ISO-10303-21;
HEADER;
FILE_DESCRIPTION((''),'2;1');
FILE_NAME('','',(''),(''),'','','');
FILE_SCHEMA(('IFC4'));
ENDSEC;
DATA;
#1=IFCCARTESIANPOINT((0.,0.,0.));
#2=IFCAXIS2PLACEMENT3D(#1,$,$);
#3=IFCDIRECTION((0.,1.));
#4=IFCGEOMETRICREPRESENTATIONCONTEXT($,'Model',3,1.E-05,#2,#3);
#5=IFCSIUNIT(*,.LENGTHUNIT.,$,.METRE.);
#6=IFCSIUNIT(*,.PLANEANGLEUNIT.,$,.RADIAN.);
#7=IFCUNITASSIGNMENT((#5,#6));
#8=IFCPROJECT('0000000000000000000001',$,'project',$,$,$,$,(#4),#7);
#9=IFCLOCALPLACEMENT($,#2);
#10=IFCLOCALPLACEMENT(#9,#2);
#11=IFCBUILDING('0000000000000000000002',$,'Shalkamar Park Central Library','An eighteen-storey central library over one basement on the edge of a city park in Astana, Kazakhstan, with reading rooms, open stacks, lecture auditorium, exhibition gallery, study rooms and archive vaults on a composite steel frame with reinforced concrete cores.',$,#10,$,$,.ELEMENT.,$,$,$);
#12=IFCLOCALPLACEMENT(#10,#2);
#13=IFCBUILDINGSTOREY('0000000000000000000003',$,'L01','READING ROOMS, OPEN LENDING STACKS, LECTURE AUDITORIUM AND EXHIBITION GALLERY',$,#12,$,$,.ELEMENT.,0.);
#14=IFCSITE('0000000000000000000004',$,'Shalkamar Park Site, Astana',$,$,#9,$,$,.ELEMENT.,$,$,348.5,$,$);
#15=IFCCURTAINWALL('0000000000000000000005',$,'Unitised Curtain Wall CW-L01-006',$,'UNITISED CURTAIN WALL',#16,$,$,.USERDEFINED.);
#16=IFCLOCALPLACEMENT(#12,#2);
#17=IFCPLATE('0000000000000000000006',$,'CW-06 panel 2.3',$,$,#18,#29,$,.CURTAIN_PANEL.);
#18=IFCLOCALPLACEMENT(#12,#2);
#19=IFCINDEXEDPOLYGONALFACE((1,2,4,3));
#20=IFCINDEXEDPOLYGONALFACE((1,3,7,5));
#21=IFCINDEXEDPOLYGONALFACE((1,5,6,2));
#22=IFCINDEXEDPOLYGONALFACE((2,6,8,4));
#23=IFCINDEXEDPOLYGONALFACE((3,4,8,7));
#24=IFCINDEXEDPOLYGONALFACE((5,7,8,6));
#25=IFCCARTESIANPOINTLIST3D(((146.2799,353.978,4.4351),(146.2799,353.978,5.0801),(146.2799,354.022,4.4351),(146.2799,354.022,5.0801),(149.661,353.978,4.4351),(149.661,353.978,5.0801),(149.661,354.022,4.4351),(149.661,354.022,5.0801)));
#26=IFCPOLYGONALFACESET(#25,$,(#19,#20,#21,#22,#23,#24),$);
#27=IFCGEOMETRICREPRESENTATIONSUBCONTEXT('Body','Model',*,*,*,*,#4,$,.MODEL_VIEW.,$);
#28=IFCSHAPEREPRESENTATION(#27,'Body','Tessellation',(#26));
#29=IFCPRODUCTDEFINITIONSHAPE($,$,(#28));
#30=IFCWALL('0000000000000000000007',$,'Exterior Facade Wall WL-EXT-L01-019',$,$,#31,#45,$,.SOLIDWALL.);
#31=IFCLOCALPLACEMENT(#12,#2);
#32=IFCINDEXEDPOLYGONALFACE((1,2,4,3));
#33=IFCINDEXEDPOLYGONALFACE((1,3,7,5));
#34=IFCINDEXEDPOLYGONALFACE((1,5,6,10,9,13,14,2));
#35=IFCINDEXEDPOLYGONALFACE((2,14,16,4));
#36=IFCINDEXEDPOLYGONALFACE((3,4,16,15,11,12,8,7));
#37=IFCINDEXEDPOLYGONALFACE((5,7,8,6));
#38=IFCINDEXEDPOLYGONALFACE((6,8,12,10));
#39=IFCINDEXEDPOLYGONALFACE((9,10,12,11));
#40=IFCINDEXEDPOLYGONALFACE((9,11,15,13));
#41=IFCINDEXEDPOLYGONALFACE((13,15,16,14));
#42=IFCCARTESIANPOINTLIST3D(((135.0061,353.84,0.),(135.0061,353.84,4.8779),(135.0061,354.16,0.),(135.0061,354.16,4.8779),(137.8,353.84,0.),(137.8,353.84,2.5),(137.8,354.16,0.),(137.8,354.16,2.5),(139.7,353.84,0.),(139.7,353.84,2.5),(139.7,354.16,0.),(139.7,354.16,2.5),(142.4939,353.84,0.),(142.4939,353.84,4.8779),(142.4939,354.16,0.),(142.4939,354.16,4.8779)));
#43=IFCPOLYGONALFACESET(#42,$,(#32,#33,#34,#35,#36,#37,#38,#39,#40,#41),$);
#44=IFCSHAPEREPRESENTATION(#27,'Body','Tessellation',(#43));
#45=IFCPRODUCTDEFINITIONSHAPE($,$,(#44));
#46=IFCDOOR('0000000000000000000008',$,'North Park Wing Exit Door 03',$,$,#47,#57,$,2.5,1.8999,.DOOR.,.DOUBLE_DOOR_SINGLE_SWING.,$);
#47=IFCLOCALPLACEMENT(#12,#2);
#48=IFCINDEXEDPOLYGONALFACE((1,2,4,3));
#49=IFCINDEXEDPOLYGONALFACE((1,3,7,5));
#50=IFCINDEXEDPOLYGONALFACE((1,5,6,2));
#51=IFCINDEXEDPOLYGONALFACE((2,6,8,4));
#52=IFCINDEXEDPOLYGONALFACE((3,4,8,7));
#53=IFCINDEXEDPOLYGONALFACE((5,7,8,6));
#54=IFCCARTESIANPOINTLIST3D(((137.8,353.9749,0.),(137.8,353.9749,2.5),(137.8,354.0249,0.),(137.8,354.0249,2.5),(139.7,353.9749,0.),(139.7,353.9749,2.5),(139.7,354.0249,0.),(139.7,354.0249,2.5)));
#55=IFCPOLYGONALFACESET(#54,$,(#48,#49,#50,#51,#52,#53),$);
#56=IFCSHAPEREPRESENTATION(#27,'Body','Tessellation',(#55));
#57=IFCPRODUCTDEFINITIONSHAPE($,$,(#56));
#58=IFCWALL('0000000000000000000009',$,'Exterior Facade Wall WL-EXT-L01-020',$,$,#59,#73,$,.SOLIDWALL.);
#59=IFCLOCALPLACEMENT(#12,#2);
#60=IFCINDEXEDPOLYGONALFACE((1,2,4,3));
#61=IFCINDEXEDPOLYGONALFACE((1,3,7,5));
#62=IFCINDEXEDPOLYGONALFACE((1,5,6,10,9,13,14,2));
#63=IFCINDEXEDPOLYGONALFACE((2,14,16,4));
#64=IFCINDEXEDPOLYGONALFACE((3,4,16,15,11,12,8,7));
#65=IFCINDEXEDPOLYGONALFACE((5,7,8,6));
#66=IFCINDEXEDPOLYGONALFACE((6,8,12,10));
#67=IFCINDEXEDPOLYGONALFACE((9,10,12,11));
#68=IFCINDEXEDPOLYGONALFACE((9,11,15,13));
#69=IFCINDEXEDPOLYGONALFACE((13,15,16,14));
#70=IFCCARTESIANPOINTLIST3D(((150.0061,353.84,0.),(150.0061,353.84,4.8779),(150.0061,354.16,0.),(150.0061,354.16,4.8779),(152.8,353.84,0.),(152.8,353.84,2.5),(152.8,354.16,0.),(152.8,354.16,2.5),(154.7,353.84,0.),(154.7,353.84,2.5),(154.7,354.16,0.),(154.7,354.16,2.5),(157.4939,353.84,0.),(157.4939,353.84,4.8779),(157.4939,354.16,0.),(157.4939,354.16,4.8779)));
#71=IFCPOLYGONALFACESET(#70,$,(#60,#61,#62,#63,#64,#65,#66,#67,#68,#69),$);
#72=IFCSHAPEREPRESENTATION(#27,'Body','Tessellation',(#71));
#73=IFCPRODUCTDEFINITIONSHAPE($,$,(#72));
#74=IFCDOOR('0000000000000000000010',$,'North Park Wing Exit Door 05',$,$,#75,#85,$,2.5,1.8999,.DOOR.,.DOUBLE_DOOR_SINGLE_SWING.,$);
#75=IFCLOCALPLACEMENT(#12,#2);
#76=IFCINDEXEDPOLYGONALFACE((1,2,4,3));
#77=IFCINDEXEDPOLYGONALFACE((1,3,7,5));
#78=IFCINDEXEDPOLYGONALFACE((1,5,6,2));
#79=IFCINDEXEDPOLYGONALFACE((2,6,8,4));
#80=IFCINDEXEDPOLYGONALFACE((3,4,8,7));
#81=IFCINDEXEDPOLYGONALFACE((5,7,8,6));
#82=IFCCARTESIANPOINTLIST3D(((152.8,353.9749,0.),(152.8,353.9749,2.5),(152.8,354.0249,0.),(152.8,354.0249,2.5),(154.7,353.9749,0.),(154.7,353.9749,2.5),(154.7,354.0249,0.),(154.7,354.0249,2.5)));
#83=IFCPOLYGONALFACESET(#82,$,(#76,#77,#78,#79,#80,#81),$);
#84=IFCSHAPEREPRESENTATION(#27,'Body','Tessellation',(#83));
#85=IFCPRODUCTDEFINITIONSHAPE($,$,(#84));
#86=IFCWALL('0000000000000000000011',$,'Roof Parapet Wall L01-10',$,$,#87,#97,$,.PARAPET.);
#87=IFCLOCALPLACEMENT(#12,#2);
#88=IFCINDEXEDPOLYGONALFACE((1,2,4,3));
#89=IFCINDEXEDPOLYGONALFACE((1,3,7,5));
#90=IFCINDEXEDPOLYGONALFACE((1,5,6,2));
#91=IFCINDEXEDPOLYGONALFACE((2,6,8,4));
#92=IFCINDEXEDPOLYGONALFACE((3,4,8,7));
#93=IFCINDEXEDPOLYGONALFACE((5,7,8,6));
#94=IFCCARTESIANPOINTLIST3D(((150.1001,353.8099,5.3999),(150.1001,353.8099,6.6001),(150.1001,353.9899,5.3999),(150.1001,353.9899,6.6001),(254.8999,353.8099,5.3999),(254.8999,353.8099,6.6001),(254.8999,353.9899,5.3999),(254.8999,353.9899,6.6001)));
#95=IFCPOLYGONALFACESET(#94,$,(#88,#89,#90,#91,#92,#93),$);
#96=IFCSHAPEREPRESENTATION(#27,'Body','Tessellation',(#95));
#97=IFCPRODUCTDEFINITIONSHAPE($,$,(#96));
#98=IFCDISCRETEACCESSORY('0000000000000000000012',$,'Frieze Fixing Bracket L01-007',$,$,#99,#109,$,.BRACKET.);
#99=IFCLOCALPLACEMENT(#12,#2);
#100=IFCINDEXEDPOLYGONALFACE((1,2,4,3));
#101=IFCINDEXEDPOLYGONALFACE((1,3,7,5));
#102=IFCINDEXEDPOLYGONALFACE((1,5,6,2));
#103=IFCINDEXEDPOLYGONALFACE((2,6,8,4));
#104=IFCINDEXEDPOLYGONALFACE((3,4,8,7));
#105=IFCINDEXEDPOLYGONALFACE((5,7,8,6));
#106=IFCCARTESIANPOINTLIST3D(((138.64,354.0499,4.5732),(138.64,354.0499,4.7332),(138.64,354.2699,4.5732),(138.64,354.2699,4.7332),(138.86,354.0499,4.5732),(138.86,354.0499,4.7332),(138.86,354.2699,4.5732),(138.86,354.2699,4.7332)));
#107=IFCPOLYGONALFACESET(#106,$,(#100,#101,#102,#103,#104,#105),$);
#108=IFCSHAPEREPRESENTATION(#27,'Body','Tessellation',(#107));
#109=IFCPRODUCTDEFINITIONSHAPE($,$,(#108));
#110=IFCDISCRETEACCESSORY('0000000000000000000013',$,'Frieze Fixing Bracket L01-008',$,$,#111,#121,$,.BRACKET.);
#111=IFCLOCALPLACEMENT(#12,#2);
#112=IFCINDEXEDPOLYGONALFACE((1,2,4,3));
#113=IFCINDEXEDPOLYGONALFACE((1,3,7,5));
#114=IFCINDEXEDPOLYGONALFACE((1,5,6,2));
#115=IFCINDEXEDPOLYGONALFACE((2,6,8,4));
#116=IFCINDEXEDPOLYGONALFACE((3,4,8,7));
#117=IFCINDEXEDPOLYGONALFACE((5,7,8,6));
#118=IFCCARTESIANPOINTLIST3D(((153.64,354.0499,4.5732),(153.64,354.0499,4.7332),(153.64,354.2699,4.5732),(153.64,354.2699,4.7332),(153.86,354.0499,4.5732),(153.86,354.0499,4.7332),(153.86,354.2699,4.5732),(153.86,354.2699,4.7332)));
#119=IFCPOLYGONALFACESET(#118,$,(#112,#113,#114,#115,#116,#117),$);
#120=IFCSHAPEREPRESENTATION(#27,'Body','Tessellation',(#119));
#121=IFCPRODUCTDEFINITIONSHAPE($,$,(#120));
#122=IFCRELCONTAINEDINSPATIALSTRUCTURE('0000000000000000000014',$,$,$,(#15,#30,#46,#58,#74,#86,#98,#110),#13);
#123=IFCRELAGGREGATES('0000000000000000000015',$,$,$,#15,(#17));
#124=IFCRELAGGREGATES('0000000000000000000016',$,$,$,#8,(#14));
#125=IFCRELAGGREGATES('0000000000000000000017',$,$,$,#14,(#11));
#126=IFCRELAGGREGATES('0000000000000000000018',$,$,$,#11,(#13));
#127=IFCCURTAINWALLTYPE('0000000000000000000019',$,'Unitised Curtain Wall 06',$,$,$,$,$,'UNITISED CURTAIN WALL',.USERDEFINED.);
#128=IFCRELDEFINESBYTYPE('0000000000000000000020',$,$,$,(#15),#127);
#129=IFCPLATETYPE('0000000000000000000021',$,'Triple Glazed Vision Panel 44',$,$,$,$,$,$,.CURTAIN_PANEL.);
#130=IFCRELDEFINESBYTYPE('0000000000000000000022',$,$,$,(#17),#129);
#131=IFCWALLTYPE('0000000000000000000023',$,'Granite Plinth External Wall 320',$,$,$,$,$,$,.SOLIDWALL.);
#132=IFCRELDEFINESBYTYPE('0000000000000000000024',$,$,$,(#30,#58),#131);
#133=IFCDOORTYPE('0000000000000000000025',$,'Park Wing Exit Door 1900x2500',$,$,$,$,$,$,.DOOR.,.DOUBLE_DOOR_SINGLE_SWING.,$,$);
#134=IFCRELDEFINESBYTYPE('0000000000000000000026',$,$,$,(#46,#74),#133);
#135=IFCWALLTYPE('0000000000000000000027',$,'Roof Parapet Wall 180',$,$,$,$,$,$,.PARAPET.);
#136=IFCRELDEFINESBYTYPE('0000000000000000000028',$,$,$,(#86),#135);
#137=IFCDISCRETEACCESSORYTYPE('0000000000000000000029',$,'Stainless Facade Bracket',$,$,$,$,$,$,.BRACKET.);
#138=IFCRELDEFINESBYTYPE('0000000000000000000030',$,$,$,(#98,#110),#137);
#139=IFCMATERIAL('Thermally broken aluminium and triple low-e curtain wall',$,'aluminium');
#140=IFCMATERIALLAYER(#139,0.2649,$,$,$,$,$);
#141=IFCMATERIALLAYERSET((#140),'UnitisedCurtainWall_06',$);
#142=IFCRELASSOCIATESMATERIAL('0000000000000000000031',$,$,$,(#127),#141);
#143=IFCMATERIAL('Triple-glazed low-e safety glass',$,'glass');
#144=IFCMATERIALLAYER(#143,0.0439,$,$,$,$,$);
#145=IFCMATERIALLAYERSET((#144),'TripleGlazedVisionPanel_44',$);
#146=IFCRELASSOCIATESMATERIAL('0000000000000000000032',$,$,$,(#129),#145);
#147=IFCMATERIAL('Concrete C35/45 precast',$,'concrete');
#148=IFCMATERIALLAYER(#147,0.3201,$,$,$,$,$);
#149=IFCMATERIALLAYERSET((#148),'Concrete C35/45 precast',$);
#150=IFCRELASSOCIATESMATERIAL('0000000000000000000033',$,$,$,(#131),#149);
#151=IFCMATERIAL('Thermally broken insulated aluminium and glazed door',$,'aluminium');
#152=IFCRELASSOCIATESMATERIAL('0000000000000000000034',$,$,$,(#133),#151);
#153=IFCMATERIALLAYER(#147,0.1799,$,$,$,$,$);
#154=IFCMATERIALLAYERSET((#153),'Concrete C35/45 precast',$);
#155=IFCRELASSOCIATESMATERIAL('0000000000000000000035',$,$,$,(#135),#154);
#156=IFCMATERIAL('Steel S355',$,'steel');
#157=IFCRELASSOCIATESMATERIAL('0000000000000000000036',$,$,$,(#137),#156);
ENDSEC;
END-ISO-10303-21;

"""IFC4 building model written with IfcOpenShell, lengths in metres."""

from ifc_helpers import new_model, si_unit, direction, frame, frame_2d, origin, origin_2d, place, context, subcontext, project, spatial, rectangle, extrude, material, layer, layer_set, type_object, element, fill, aggregate, save


model = new_model("IFC4")

# Units and contexts
model_context = context("Model", 3, precision=1e-05, world=origin(), true_north=direction((0.0, 1.0)))
body_context = subcontext(model_context, "Body", "Model", "MODEL_VIEW")
ifc_project = project(units=[si_unit("LENGTHUNIT", "METRE"), si_unit("PLANEANGLEUNIT", "RADIAN")], contexts=[model_context])

# Site, building, storey
site_placement = place(None, origin())
site = spatial("IfcSite", under=ifc_project, at=site_placement, Name="Shalkamar Park Site, Astana", CompositionType="ELEMENT", RefElevation=348.5)
building_placement = place(site_placement, origin())
building = spatial("IfcBuilding", under=site, at=building_placement, Name="Shalkamar Park Central Library", Description="An eighteen-storey central library over one basement on the edge of a city park in Astana, Kazakhstan, with reading rooms, open stacks, lecture auditorium, exhibition gallery, study rooms and archive vaults on a composite steel frame with reinforced concrete cores.", CompositionType="ELEMENT")
storey_placement = place(building_placement, origin())
storey = spatial("IfcBuildingStorey", under=building, at=storey_placement, Name="L01", Description="READING ROOMS, OPEN LENDING STACKS, LECTURE AUDITORIUM AND EXHIBITION GALLERY", CompositionType="ELEMENT", Elevation=0.0)

# Shared definitions
ifc_material_1 = material(Name="Steel S355", Category="steel")

# Curtain wall
ifc_material_2 = material(Name="Thermally broken aluminium and triple low-e curtain wall", Category="aluminium")
ifc_layer_1 = layer(ifc_material_2, 0.2649)
ifc_layer_set_1 = layer_set([ifc_layer_1], Name="UnitisedCurtainWall_06")
curtain_wall_type = type_object("IfcCurtainWallType", Name="Unitised Curtain Wall 06", ElementType="UNITISED CURTAIN WALL", PredefinedType="USERDEFINED", material=ifc_layer_set_1)
curtain_wall_placement = place(storey_placement, origin())
curtain_wall = element("IfcCurtainWall", 1, at=curtain_wall_placement, inside=storey, type_object=curtain_wall_type, Name="Unitised Curtain Wall CW-L01-006", ObjectType="UNITISED CURTAIN WALL", PredefinedType="USERDEFINED")

# Plate
ifc_material_3 = material(Name="Triple-glazed low-e safety glass", Category="glass")
ifc_layer_2 = layer(ifc_material_3, 0.0439)
ifc_layer_set_2 = layer_set([ifc_layer_2], Name="TripleGlazedVisionPanel_44")
plate_type_1 = type_object("IfcPlateType", Name="Triple Glazed Vision Panel 44", PredefinedType="CURTAIN_PANEL", material=ifc_layer_set_2)
plate_1_placement = place(storey_placement, frame((147.9705, 354.0, 4.4351), z_axis=(0.0, 0.0, 1.0), x_axis=(1.0, 0.0, 0.0)))
plate_1 = element("IfcPlate", 2, at=plate_1_placement, type_object=plate_type_1, Name="CW-06 panel 2.3", PredefinedType="CURTAIN_PANEL", context=body_context, shape_type="SweptSolid", body=[
    extrude(rectangle(XDim=3.3811, YDim=0.0439, at=origin_2d()), origin(), (0.0, 0.0, 1.0), 0.645),
])
aggregate(curtain_wall, [plate_1])

# Walls, openings, doors
ifc_material_4 = material(Name="Concrete C35/45 precast", Category="concrete")
ifc_layer_3 = layer(ifc_material_4, 0.3201)
ifc_layer_set_3 = layer_set([ifc_layer_3], Name="Concrete C35/45 precast")
wall_type_1 = type_object("IfcWallType", Name="Granite Plinth External Wall 320", PredefinedType="SOLIDWALL", material=ifc_layer_set_3)
wall_1_placement = place(storey_placement, frame((135.0061, 354.0, 0.0), z_axis=(0.0, 0.0, 1.0), x_axis=(1.0, 0.0, 0.0)))
wall_1 = element("IfcWall", 3, at=wall_1_placement, inside=storey, type_object=wall_type_1, Name="Exterior Facade Wall WL-EXT-L01-019", PredefinedType="SOLIDWALL", context=body_context, shape_type="SweptSolid", body=[
    extrude(rectangle(XDim=7.4878, YDim=0.3201, at=frame_2d((3.7439, 0.0))), origin(), (0.0, 0.0, 1.0), 4.8779),
])
opening_1_placement = place(wall_1_placement, frame((2.7939, 0.0, 0.0)))
opening_1 = element("IfcOpeningElement", 4, at=opening_1_placement, cuts=wall_1, PredefinedType="OPENING", context=body_context, shape_type="SweptSolid", body=[
    extrude(rectangle(XDim=1.8999, YDim=2.5, at=frame_2d((0.95, 1.25))), frame((0.0, 0.1748, 0.0), z_axis=(0.0, -1.0, 0.0), x_axis=(1.0, 0.0, 0.0)), (0.0, 0.0, 1.0), 0.3499),
])
ifc_material_5 = material(Name="Thermally broken insulated aluminium and glazed door", Category="aluminium")
door_type = type_object("IfcDoorType", Name="Park Wing Exit Door 1900x2500", OperationType="DOUBLE_DOOR_SINGLE_SWING", PredefinedType="DOOR", material=ifc_material_5)
door_1_placement = place(opening_1_placement, origin())
door_1 = element("IfcDoor", 5, at=door_1_placement, inside=storey, type_object=door_type, Name="North Park Wing Exit Door 03", OperationType="DOUBLE_DOOR_SINGLE_SWING", OverallHeight=2.5, OverallWidth=1.8999, PredefinedType="DOOR", context=body_context, shape_type="SweptSolid", body=[
    extrude(rectangle(XDim=1.8999, YDim=2.5, at=frame_2d((0.95, 1.25))), frame((0.0, 0.0249, 0.0), z_axis=(0.0, -1.0, 0.0), x_axis=(1.0, 0.0, 0.0)), (0.0, 0.0, 1.0), 0.05),
])
fill(opening_1, door_1)
wall_2_placement = place(storey_placement, frame((150.0061, 354.0, 0.0), z_axis=(0.0, 0.0, 1.0), x_axis=(1.0, 0.0, 0.0)))
wall_2 = element("IfcWall", 6, at=wall_2_placement, inside=storey, type_object=wall_type_1, Name="Exterior Facade Wall WL-EXT-L01-020", PredefinedType="SOLIDWALL", context=body_context, shape_type="SweptSolid", body=[
    extrude(rectangle(XDim=7.4878, YDim=0.3201, at=frame_2d((3.7439, 0.0))), origin(), (0.0, 0.0, 1.0), 4.8779),
])
opening_2_placement = place(wall_2_placement, frame((2.7939, 0.0, 0.0)))
opening_2 = element("IfcOpeningElement", 7, at=opening_2_placement, cuts=wall_2, PredefinedType="OPENING", context=body_context, shape_type="SweptSolid", body=[
    extrude(rectangle(XDim=1.8999, YDim=2.5, at=frame_2d((0.95, 1.25))), frame((0.0, 0.1748, 0.0), z_axis=(0.0, -1.0, 0.0), x_axis=(1.0, 0.0, 0.0)), (0.0, 0.0, 1.0), 0.3499),
])
door_2_placement = place(opening_2_placement, origin())
door_2 = element("IfcDoor", 8, at=door_2_placement, inside=storey, type_object=door_type, Name="North Park Wing Exit Door 05", OperationType="DOUBLE_DOOR_SINGLE_SWING", OverallHeight=2.5, OverallWidth=1.8999, PredefinedType="DOOR", context=body_context, shape_type="SweptSolid", body=[
    extrude(rectangle(XDim=1.8999, YDim=2.5, at=frame_2d((0.95, 1.25))), frame((0.0, 0.0249, 0.0), z_axis=(0.0, -1.0, 0.0), x_axis=(1.0, 0.0, 0.0)), (0.0, 0.0, 1.0), 0.05),
])
fill(opening_2, door_2)

# Wall
ifc_layer_4 = layer(ifc_material_4, 0.1799)
ifc_layer_set_4 = layer_set([ifc_layer_4], Name="Concrete C35/45 precast")
wall_type_2 = type_object("IfcWallType", Name="Roof Parapet Wall 180", PredefinedType="PARAPET", material=ifc_layer_set_4)
wall_3_placement = place(storey_placement, frame((150.1001, 353.8999, 5.3999), z_axis=(0.0, 0.0, 1.0), x_axis=(1.0, 0.0, 0.0)))
element("IfcWall", 9, at=wall_3_placement, inside=storey, type_object=wall_type_2, Name="Roof Parapet Wall L01-10", PredefinedType="PARAPET", context=body_context, shape_type="SweptSolid", body=[
    extrude(rectangle(XDim=104.7998, YDim=0.1799, at=frame_2d((52.3999, 0.0))), origin(), (0.0, 0.0, 1.0), 1.2002),
])

# Discrete accessories
discrete_accessory_type = type_object("IfcDiscreteAccessoryType", Name="Stainless Facade Bracket", PredefinedType="BRACKET", material=ifc_material_1)
for number, where, z_axis, x_axis, name in (
    (10, (138.75, 354.1599, 4.5732), (0.0, 0.0, 1.0), (1.0, 0.0, 0.0), "Frieze Fixing Bracket L01-007"),
    (11, (153.75, 354.1599, 4.5732), (0.0, 0.0, 1.0), (1.0, 0.0, 0.0), "Frieze Fixing Bracket L01-008"),
):
    element("IfcDiscreteAccessory", number, at=place(storey_placement, frame(where, z_axis=z_axis, x_axis=x_axis)), inside=storey, type_object=discrete_accessory_type, Name=name, PredefinedType="BRACKET", context=body_context, shape_type="SweptSolid", body=[
        extrude(rectangle(XDim=0.22, YDim=0.22, at=origin_2d()), origin(), (0.0, 0.0, 1.0), 0.1599),
    ])

save(model, "model.ifc")
